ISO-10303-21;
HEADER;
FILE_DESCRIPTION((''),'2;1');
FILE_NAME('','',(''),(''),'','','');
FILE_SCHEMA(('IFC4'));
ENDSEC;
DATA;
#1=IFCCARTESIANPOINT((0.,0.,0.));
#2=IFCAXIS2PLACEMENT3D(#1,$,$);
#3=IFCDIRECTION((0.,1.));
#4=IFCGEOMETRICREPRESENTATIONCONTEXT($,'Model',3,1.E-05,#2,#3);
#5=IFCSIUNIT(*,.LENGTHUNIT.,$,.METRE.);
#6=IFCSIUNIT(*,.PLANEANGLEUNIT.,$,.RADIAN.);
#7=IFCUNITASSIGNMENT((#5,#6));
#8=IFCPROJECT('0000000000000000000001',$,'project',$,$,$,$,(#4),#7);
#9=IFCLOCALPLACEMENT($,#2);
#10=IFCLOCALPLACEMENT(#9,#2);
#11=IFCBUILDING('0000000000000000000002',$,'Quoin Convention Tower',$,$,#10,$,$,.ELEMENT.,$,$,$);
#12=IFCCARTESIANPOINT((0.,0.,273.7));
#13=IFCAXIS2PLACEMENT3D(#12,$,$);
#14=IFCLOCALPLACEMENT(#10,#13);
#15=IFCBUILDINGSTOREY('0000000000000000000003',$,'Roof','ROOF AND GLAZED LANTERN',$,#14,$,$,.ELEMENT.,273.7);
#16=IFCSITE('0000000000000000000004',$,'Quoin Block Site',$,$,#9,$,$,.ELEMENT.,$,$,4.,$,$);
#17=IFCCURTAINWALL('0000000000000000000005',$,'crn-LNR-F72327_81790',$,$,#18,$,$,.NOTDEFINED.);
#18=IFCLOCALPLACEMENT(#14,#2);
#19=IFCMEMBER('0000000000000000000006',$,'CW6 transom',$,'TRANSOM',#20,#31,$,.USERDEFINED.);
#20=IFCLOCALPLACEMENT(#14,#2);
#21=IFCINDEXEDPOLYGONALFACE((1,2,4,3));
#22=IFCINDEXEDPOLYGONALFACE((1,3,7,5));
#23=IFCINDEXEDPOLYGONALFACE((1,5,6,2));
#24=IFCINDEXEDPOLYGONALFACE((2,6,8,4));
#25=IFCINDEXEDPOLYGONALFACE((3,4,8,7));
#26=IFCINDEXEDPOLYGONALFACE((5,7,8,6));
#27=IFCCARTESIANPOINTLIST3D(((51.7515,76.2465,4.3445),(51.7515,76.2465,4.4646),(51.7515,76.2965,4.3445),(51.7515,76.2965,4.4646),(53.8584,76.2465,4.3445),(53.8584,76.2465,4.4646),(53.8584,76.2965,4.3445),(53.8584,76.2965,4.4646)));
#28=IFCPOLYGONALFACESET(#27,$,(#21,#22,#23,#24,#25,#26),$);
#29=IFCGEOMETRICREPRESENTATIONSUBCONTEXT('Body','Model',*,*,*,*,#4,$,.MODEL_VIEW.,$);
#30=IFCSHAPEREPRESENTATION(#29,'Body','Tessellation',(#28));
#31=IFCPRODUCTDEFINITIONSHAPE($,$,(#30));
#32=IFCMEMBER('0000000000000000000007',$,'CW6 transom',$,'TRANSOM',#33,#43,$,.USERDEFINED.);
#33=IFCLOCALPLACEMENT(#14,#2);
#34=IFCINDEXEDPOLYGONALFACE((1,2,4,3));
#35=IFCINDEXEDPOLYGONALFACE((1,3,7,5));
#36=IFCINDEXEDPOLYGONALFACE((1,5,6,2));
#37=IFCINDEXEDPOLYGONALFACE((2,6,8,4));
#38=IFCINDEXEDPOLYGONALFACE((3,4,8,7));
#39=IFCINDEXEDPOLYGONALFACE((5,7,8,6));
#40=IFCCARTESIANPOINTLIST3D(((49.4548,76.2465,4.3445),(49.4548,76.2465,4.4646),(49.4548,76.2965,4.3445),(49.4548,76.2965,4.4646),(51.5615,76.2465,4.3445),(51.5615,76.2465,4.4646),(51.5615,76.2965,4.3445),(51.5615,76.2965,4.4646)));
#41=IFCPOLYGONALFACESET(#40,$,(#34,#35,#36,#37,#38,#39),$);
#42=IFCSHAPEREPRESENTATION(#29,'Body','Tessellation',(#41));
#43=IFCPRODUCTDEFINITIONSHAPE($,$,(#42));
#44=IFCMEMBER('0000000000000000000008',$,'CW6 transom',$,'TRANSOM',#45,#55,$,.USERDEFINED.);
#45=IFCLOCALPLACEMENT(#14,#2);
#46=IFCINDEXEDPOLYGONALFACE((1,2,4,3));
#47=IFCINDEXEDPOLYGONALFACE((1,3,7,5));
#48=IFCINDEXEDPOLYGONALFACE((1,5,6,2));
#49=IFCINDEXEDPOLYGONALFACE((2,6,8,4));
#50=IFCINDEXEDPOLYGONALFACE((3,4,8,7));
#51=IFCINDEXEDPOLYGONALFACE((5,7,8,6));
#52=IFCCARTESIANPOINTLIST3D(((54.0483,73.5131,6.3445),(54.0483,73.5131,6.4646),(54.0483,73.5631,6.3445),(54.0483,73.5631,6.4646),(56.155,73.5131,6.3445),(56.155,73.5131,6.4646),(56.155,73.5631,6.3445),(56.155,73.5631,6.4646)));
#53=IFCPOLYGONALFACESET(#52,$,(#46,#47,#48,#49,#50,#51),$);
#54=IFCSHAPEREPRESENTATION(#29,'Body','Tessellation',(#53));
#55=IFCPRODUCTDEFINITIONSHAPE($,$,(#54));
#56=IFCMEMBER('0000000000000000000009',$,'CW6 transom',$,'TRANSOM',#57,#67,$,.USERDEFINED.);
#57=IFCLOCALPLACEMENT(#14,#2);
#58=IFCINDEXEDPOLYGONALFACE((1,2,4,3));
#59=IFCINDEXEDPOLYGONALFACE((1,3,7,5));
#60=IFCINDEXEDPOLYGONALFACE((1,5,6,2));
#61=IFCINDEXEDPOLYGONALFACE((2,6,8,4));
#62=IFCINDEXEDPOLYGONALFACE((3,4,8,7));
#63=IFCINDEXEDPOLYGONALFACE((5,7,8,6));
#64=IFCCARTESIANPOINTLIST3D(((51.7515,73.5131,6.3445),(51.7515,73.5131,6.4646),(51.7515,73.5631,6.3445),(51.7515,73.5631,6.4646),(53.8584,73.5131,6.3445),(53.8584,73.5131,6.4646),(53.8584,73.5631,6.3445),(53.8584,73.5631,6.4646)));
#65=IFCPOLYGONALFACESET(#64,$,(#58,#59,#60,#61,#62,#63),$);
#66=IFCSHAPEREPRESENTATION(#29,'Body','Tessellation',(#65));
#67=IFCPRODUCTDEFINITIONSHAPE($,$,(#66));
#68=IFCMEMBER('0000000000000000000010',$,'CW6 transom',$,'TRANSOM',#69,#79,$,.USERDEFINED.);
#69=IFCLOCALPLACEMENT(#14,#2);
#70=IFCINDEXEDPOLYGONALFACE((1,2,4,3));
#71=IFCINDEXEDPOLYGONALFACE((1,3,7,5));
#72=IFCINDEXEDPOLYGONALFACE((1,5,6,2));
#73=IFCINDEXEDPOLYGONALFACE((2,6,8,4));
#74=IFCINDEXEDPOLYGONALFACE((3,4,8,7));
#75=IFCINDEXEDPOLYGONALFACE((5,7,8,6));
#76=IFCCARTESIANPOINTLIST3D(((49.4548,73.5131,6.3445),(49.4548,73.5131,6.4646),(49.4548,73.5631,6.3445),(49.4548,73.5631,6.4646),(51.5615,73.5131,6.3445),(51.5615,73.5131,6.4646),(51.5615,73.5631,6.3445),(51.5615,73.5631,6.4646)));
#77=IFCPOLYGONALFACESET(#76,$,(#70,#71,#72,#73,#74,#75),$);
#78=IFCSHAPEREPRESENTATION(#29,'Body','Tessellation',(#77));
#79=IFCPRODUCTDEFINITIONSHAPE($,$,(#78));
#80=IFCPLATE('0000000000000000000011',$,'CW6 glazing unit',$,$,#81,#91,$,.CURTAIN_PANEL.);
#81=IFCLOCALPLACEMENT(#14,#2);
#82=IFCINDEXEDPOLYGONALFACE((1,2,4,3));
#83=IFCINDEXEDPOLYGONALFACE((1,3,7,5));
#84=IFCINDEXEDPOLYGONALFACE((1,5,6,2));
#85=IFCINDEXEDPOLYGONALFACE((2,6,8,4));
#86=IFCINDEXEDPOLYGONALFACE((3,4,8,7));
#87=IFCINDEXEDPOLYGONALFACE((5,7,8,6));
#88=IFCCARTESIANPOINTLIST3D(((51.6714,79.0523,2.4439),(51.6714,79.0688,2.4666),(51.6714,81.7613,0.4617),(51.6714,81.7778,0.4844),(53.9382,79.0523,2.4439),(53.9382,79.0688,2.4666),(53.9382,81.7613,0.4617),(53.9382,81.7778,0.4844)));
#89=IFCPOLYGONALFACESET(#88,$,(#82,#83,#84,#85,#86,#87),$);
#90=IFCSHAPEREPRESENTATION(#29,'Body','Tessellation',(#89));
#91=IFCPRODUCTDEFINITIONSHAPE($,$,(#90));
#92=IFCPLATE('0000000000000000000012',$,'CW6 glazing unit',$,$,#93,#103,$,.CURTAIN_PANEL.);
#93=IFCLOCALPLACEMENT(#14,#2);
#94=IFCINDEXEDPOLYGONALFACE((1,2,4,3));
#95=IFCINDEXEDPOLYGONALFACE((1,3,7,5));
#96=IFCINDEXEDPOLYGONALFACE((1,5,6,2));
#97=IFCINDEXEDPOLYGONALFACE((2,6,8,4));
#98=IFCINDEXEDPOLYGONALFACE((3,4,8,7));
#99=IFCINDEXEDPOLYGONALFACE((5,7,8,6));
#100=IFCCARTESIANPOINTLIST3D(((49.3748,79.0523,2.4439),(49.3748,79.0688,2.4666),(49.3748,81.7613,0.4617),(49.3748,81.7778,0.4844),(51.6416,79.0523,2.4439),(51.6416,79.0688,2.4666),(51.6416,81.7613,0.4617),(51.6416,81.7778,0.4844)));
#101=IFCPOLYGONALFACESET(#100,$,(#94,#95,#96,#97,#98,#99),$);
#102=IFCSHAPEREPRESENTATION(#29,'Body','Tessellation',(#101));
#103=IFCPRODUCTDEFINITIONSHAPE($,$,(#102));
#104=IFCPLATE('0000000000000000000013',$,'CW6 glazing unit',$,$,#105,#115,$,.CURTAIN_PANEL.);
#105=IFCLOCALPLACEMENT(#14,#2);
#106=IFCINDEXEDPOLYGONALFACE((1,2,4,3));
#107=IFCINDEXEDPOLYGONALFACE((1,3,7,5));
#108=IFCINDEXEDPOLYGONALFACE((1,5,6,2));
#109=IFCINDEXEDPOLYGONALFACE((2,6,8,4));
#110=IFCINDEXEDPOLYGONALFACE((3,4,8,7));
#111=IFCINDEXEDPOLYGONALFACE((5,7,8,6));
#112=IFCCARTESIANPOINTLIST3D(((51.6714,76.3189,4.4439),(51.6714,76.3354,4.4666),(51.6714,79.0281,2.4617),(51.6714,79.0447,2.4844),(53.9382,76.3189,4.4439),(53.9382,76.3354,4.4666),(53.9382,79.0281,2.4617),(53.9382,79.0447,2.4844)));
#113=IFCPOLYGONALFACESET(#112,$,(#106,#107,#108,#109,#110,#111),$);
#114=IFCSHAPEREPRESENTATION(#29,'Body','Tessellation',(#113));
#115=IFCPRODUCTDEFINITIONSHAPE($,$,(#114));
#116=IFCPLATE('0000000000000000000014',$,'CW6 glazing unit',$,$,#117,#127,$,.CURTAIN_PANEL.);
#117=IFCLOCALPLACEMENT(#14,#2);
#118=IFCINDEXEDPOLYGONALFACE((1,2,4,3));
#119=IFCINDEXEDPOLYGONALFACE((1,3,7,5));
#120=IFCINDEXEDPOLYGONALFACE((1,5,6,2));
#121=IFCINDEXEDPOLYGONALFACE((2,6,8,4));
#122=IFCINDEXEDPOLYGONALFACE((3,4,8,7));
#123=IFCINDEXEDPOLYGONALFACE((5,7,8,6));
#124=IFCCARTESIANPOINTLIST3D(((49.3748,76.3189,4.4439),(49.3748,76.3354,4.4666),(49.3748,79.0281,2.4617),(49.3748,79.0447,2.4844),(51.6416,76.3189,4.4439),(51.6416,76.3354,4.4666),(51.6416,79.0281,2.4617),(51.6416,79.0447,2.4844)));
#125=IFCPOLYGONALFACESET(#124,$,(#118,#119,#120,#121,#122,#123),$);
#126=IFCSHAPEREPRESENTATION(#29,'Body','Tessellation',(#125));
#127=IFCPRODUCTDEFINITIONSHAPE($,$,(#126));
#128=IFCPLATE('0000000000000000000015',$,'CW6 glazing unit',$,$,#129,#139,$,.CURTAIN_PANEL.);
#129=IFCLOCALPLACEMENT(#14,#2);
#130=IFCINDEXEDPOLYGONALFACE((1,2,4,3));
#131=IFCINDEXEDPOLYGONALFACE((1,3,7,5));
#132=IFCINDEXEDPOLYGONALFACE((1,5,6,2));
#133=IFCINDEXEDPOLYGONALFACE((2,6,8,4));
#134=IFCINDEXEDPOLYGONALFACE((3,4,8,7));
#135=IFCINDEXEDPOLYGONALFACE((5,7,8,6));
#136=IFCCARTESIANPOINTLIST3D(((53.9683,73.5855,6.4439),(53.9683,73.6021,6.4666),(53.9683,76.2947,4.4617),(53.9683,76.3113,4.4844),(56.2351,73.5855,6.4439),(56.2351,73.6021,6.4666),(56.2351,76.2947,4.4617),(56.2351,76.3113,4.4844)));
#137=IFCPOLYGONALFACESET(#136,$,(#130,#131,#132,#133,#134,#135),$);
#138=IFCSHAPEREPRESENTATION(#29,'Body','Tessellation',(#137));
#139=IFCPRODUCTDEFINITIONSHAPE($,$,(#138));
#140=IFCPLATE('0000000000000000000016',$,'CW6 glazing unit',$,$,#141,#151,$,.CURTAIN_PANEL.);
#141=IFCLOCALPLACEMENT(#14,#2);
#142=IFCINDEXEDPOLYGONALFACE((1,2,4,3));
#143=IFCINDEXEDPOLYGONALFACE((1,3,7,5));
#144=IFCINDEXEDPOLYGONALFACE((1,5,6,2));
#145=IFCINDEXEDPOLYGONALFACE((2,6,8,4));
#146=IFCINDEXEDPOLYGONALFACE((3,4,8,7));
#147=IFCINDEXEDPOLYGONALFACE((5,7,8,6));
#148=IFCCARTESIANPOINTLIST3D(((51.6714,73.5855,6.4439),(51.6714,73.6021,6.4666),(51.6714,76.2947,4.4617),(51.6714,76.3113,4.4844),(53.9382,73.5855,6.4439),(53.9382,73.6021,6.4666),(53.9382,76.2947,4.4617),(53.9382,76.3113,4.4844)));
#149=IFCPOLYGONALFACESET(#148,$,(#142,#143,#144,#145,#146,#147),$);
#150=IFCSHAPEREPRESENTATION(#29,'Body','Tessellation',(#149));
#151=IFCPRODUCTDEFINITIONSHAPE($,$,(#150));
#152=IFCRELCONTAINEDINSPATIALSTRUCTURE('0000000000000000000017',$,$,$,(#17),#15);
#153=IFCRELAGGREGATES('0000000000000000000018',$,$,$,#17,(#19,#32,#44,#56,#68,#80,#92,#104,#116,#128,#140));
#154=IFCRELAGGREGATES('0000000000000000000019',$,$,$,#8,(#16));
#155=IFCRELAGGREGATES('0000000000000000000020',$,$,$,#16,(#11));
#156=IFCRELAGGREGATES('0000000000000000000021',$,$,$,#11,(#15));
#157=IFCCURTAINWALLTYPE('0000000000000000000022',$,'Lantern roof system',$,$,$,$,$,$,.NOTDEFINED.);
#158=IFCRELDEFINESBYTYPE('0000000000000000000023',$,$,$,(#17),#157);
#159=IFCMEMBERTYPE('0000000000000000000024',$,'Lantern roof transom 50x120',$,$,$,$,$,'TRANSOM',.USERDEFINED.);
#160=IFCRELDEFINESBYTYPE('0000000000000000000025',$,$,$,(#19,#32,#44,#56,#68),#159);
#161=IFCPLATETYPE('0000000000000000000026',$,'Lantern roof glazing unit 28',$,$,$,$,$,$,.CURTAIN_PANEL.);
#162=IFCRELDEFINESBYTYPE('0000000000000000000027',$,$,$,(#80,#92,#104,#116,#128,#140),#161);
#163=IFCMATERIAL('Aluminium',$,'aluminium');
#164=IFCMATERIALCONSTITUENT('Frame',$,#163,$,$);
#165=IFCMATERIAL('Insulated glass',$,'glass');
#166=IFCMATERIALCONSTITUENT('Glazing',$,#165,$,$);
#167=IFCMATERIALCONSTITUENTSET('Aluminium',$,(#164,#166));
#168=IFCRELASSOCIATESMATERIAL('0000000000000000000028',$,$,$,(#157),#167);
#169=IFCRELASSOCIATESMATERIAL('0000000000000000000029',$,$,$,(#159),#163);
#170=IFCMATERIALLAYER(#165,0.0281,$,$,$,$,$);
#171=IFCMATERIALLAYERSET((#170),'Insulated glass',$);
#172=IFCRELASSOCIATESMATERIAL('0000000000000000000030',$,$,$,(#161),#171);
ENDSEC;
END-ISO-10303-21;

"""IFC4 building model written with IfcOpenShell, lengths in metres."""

from ifc_helpers import new_model, si_unit, direction, frame, origin, origin_2d, place, context, subcontext, project, spatial, polyline, rectangle, outline, extrude, material, layer, layer_set, constituent, constituent_set, material_profile, profile_set, type_object, element, aggregate, save


model = new_model("IFC4")

# Units and contexts
model_context = context("Model", 3, precision=1e-05, world=origin(), true_north=direction((0.0, 1.0)))
body_context = subcontext(model_context, "Body", "Model", "MODEL_VIEW")
ifc_project = project(units=[si_unit("LENGTHUNIT", "METRE"), si_unit("PLANEANGLEUNIT", "RADIAN")], contexts=[model_context])

# Site, building, storey
site_placement = place(None, origin())
site = spatial("IfcSite", under=ifc_project, at=site_placement, Name="Quoin Block Site", CompositionType="ELEMENT", RefElevation=4.0)
building_placement = place(site_placement, origin())
building = spatial("IfcBuilding", under=site, at=building_placement, Name="Quoin Convention Tower", CompositionType="ELEMENT")
storey_placement = place(building_placement, frame((0.0, 0.0, 273.7)))
storey = spatial("IfcBuildingStorey", under=building, at=storey_placement, Name="Roof", Description="ROOF AND GLAZED LANTERN", CompositionType="ELEMENT", Elevation=273.7)

# Shared definitions
ifc_material_1 = material(Name="Aluminium", Category="aluminium")
ifc_constituent_1 = constituent(ifc_material_1, Name="Frame")
ifc_material_2 = material(Name="Insulated glass", Category="glass")
ifc_constituent_2 = constituent(ifc_material_2, Name="Glazing")
ifc_constituent_set = constituent_set(constituents=[ifc_constituent_1, ifc_constituent_2], Name="Aluminium")
curtain_wall_type = type_object("IfcCurtainWallType", Name="Lantern roof system", PredefinedType="NOTDEFINED", material=ifc_constituent_set)

# Curtain wall
curtain_wall_1_placement = place(storey_placement, origin())
curtain_wall_1 = element("IfcCurtainWall", 1, at=curtain_wall_1_placement, inside=storey, type_object=curtain_wall_type, Name="crn-LNR-F72327_81790", PredefinedType="NOTDEFINED")

# Members
ifc_material_profile_1 = material_profile(ifc_material_1, rectangle(XDim=0.1201, YDim=0.05, at=origin_2d()), Name="Lantern roof transom 50x120")
ifc_profile_set_1 = profile_set([ifc_material_profile_1], Name="Aluminium")
member_type_1 = type_object("IfcMemberType", Name="Lantern roof transom 50x120", ElementType="TRANSOM", PredefinedType="USERDEFINED", material=ifc_profile_set_1)
member_1_placement = place(storey_placement, frame((53.8584, 76.2715, 4.4045), z_axis=(-1.0, 0.0, 0.0), x_axis=(0.0, 0.0, 1.0)))
member_1 = element("IfcMember", 2, at=member_1_placement, type_object=member_type_1, Name="CW6 transom", ObjectType="TRANSOM", PredefinedType="USERDEFINED", context=body_context, shape_type="SweptSolid", body=[
    extrude(rectangle(XDim=0.1201, YDim=0.05, at=origin_2d()), origin(), (0.0, 0.0, 1.0), 2.1069),
])
member_2_placement = place(storey_placement, frame((51.5615, 76.2715, 4.4045), z_axis=(-1.0, 0.0, 0.0), x_axis=(0.0, 0.0, 1.0)))
member_2 = element("IfcMember", 3, at=member_2_placement, type_object=member_type_1, Name="CW6 transom", ObjectType="TRANSOM", PredefinedType="USERDEFINED", context=body_context, shape_type="SweptSolid", body=[
    extrude(rectangle(XDim=0.1201, YDim=0.05, at=origin_2d()), origin(), (0.0, 0.0, 1.0), 2.1067),
])
member_3_placement = place(storey_placement, frame((56.155, 73.5381, 6.4045), z_axis=(-1.0, 0.0, 0.0), x_axis=(0.0, 0.0, 1.0)))
member_3 = element("IfcMember", 4, at=member_3_placement, type_object=member_type_1, Name="CW6 transom", ObjectType="TRANSOM", PredefinedType="USERDEFINED", context=body_context, shape_type="SweptSolid", body=[
    extrude(rectangle(XDim=0.1201, YDim=0.05, at=origin_2d()), origin(), (0.0, 0.0, 1.0), 2.1067),
])
member_4_placement = place(storey_placement, frame((53.8584, 73.5381, 6.4045), z_axis=(-1.0, 0.0, 0.0), x_axis=(0.0, 0.0, 1.0)))
member_4 = element("IfcMember", 5, at=member_4_placement, type_object=member_type_1, Name="CW6 transom", ObjectType="TRANSOM", PredefinedType="USERDEFINED", context=body_context, shape_type="SweptSolid", body=[
    extrude(rectangle(XDim=0.1201, YDim=0.05, at=origin_2d()), origin(), (0.0, 0.0, 1.0), 2.1069),
])
member_5_placement = place(storey_placement, frame((51.5615, 73.5381, 6.4045), z_axis=(-1.0, 0.0, 0.0), x_axis=(0.0, 0.0, 1.0)))
member_5 = element("IfcMember", 6, at=member_5_placement, type_object=member_type_1, Name="CW6 transom", ObjectType="TRANSOM", PredefinedType="USERDEFINED", context=body_context, shape_type="SweptSolid", body=[
    extrude(rectangle(XDim=0.1201, YDim=0.05, at=origin_2d()), origin(), (0.0, 0.0, 1.0), 2.1067),
])

# Plates
ifc_layer = layer(ifc_material_2, 0.0281)
ifc_layer_set = layer_set([ifc_layer], Name="Insulated glass")
plate_type = type_object("IfcPlateType", Name="Lantern roof glazing unit 28", PredefinedType="CURTAIN_PANEL", material=ifc_layer_set)
plate_1_placement = place(storey_placement, frame((53.9382, 79.0688, 2.4666), z_axis=(0.0, 0.590509, 0.807031), x_axis=(-1.0, 0.0, 0.0)))
plate_1 = element("IfcPlate", 7, at=plate_1_placement, type_object=plate_type, Name="CW6 glazing unit", PredefinedType="CURTAIN_PANEL", context=body_context, shape_type="SweptSolid", body=[
    extrude(outline(polyline([(0.0, 0.0), (2.2668, 0.0), (2.2668, -3.3567), (0.0, -3.3567), (0.0, 0.0)])), origin(), (0.0, 0.0, -1.0), 0.0281),
])
plate_2_placement = place(storey_placement, frame((51.6416, 79.0688, 2.4666), z_axis=(0.0, 0.590509, 0.807031), x_axis=(-1.0, 0.0, 0.0)))
plate_2 = element("IfcPlate", 8, at=plate_2_placement, type_object=plate_type, Name="CW6 glazing unit", PredefinedType="CURTAIN_PANEL", context=body_context, shape_type="SweptSolid", body=[
    extrude(outline(polyline([(0.0, 0.0), (2.2668, 0.0), (2.2668, -3.3567), (0.0, -3.3567), (0.0, 0.0)])), origin(), (0.0, 0.0, -1.0), 0.0281),
])
plate_3_placement = place(storey_placement, frame((53.9382, 79.0447, 2.4844), z_axis=(0.0, 0.590474, 0.807057), x_axis=(0.0, -0.807057, 0.590474)))
plate_3 = element("IfcPlate", 9, at=plate_3_placement, type_object=plate_type, Name="CW6 glazing unit", PredefinedType="CURTAIN_PANEL", context=body_context, shape_type="SweptSolid", body=[
    extrude(outline(polyline([(0.0, 0.0), (3.3569, 0.0), (3.3569, -2.2668), (0.0, -2.2668), (0.0, 0.0)])), origin(), (0.0, 0.0, -1.0), 0.0281),
])
plate_4_placement = place(storey_placement, frame((51.6416, 79.0447, 2.4844), z_axis=(0.0, 0.590474, 0.807057), x_axis=(0.0, -0.807057, 0.590474)))
plate_4 = element("IfcPlate", 10, at=plate_4_placement, type_object=plate_type, Name="CW6 glazing unit", PredefinedType="CURTAIN_PANEL", context=body_context, shape_type="SweptSolid", body=[
    extrude(outline(polyline([(0.0, 0.0), (3.3569, 0.0), (3.3569, -2.2668), (0.0, -2.2668), (0.0, 0.0)])), origin(), (0.0, 0.0, -1.0), 0.0281),
])
plate_5_placement = place(storey_placement, frame((53.9683, 76.3113, 4.4844), z_axis=(0.0, 0.590474, 0.807057), x_axis=(1.0, 0.0, 0.0)))
plate_5 = element("IfcPlate", 11, at=plate_5_placement, type_object=plate_type, Name="CW6 glazing unit", PredefinedType="CURTAIN_PANEL", context=body_context, shape_type="SweptSolid", body=[
    extrude(outline(polyline([(0.0, 0.0), (2.2668, 0.0), (2.2668, -3.3569), (0.0, -3.3569), (0.0, 0.0)])), origin(), (0.0, 0.0, -1.0), 0.0281),
])
plate_6_placement = place(storey_placement, frame((51.6714, 76.3113, 4.4844), z_axis=(0.0, 0.590474, 0.807057), x_axis=(1.0, 0.0, 0.0)))
plate_6 = element("IfcPlate", 12, at=plate_6_placement, type_object=plate_type, Name="CW6 glazing unit", PredefinedType="CURTAIN_PANEL", context=body_context, shape_type="SweptSolid", body=[
    extrude(outline(polyline([(0.0, 0.0), (2.2668, 0.0), (2.2668, -3.3569), (0.0, -3.3569), (0.0, 0.0)])), origin(), (0.0, 0.0, -1.0), 0.0281),
])
aggregate(curtain_wall_1, [member_1, member_2, member_3, member_4, member_5, plate_1, plate_2, plate_3, plate_4, plate_5, plate_6])

save(model, "model.ifc")
